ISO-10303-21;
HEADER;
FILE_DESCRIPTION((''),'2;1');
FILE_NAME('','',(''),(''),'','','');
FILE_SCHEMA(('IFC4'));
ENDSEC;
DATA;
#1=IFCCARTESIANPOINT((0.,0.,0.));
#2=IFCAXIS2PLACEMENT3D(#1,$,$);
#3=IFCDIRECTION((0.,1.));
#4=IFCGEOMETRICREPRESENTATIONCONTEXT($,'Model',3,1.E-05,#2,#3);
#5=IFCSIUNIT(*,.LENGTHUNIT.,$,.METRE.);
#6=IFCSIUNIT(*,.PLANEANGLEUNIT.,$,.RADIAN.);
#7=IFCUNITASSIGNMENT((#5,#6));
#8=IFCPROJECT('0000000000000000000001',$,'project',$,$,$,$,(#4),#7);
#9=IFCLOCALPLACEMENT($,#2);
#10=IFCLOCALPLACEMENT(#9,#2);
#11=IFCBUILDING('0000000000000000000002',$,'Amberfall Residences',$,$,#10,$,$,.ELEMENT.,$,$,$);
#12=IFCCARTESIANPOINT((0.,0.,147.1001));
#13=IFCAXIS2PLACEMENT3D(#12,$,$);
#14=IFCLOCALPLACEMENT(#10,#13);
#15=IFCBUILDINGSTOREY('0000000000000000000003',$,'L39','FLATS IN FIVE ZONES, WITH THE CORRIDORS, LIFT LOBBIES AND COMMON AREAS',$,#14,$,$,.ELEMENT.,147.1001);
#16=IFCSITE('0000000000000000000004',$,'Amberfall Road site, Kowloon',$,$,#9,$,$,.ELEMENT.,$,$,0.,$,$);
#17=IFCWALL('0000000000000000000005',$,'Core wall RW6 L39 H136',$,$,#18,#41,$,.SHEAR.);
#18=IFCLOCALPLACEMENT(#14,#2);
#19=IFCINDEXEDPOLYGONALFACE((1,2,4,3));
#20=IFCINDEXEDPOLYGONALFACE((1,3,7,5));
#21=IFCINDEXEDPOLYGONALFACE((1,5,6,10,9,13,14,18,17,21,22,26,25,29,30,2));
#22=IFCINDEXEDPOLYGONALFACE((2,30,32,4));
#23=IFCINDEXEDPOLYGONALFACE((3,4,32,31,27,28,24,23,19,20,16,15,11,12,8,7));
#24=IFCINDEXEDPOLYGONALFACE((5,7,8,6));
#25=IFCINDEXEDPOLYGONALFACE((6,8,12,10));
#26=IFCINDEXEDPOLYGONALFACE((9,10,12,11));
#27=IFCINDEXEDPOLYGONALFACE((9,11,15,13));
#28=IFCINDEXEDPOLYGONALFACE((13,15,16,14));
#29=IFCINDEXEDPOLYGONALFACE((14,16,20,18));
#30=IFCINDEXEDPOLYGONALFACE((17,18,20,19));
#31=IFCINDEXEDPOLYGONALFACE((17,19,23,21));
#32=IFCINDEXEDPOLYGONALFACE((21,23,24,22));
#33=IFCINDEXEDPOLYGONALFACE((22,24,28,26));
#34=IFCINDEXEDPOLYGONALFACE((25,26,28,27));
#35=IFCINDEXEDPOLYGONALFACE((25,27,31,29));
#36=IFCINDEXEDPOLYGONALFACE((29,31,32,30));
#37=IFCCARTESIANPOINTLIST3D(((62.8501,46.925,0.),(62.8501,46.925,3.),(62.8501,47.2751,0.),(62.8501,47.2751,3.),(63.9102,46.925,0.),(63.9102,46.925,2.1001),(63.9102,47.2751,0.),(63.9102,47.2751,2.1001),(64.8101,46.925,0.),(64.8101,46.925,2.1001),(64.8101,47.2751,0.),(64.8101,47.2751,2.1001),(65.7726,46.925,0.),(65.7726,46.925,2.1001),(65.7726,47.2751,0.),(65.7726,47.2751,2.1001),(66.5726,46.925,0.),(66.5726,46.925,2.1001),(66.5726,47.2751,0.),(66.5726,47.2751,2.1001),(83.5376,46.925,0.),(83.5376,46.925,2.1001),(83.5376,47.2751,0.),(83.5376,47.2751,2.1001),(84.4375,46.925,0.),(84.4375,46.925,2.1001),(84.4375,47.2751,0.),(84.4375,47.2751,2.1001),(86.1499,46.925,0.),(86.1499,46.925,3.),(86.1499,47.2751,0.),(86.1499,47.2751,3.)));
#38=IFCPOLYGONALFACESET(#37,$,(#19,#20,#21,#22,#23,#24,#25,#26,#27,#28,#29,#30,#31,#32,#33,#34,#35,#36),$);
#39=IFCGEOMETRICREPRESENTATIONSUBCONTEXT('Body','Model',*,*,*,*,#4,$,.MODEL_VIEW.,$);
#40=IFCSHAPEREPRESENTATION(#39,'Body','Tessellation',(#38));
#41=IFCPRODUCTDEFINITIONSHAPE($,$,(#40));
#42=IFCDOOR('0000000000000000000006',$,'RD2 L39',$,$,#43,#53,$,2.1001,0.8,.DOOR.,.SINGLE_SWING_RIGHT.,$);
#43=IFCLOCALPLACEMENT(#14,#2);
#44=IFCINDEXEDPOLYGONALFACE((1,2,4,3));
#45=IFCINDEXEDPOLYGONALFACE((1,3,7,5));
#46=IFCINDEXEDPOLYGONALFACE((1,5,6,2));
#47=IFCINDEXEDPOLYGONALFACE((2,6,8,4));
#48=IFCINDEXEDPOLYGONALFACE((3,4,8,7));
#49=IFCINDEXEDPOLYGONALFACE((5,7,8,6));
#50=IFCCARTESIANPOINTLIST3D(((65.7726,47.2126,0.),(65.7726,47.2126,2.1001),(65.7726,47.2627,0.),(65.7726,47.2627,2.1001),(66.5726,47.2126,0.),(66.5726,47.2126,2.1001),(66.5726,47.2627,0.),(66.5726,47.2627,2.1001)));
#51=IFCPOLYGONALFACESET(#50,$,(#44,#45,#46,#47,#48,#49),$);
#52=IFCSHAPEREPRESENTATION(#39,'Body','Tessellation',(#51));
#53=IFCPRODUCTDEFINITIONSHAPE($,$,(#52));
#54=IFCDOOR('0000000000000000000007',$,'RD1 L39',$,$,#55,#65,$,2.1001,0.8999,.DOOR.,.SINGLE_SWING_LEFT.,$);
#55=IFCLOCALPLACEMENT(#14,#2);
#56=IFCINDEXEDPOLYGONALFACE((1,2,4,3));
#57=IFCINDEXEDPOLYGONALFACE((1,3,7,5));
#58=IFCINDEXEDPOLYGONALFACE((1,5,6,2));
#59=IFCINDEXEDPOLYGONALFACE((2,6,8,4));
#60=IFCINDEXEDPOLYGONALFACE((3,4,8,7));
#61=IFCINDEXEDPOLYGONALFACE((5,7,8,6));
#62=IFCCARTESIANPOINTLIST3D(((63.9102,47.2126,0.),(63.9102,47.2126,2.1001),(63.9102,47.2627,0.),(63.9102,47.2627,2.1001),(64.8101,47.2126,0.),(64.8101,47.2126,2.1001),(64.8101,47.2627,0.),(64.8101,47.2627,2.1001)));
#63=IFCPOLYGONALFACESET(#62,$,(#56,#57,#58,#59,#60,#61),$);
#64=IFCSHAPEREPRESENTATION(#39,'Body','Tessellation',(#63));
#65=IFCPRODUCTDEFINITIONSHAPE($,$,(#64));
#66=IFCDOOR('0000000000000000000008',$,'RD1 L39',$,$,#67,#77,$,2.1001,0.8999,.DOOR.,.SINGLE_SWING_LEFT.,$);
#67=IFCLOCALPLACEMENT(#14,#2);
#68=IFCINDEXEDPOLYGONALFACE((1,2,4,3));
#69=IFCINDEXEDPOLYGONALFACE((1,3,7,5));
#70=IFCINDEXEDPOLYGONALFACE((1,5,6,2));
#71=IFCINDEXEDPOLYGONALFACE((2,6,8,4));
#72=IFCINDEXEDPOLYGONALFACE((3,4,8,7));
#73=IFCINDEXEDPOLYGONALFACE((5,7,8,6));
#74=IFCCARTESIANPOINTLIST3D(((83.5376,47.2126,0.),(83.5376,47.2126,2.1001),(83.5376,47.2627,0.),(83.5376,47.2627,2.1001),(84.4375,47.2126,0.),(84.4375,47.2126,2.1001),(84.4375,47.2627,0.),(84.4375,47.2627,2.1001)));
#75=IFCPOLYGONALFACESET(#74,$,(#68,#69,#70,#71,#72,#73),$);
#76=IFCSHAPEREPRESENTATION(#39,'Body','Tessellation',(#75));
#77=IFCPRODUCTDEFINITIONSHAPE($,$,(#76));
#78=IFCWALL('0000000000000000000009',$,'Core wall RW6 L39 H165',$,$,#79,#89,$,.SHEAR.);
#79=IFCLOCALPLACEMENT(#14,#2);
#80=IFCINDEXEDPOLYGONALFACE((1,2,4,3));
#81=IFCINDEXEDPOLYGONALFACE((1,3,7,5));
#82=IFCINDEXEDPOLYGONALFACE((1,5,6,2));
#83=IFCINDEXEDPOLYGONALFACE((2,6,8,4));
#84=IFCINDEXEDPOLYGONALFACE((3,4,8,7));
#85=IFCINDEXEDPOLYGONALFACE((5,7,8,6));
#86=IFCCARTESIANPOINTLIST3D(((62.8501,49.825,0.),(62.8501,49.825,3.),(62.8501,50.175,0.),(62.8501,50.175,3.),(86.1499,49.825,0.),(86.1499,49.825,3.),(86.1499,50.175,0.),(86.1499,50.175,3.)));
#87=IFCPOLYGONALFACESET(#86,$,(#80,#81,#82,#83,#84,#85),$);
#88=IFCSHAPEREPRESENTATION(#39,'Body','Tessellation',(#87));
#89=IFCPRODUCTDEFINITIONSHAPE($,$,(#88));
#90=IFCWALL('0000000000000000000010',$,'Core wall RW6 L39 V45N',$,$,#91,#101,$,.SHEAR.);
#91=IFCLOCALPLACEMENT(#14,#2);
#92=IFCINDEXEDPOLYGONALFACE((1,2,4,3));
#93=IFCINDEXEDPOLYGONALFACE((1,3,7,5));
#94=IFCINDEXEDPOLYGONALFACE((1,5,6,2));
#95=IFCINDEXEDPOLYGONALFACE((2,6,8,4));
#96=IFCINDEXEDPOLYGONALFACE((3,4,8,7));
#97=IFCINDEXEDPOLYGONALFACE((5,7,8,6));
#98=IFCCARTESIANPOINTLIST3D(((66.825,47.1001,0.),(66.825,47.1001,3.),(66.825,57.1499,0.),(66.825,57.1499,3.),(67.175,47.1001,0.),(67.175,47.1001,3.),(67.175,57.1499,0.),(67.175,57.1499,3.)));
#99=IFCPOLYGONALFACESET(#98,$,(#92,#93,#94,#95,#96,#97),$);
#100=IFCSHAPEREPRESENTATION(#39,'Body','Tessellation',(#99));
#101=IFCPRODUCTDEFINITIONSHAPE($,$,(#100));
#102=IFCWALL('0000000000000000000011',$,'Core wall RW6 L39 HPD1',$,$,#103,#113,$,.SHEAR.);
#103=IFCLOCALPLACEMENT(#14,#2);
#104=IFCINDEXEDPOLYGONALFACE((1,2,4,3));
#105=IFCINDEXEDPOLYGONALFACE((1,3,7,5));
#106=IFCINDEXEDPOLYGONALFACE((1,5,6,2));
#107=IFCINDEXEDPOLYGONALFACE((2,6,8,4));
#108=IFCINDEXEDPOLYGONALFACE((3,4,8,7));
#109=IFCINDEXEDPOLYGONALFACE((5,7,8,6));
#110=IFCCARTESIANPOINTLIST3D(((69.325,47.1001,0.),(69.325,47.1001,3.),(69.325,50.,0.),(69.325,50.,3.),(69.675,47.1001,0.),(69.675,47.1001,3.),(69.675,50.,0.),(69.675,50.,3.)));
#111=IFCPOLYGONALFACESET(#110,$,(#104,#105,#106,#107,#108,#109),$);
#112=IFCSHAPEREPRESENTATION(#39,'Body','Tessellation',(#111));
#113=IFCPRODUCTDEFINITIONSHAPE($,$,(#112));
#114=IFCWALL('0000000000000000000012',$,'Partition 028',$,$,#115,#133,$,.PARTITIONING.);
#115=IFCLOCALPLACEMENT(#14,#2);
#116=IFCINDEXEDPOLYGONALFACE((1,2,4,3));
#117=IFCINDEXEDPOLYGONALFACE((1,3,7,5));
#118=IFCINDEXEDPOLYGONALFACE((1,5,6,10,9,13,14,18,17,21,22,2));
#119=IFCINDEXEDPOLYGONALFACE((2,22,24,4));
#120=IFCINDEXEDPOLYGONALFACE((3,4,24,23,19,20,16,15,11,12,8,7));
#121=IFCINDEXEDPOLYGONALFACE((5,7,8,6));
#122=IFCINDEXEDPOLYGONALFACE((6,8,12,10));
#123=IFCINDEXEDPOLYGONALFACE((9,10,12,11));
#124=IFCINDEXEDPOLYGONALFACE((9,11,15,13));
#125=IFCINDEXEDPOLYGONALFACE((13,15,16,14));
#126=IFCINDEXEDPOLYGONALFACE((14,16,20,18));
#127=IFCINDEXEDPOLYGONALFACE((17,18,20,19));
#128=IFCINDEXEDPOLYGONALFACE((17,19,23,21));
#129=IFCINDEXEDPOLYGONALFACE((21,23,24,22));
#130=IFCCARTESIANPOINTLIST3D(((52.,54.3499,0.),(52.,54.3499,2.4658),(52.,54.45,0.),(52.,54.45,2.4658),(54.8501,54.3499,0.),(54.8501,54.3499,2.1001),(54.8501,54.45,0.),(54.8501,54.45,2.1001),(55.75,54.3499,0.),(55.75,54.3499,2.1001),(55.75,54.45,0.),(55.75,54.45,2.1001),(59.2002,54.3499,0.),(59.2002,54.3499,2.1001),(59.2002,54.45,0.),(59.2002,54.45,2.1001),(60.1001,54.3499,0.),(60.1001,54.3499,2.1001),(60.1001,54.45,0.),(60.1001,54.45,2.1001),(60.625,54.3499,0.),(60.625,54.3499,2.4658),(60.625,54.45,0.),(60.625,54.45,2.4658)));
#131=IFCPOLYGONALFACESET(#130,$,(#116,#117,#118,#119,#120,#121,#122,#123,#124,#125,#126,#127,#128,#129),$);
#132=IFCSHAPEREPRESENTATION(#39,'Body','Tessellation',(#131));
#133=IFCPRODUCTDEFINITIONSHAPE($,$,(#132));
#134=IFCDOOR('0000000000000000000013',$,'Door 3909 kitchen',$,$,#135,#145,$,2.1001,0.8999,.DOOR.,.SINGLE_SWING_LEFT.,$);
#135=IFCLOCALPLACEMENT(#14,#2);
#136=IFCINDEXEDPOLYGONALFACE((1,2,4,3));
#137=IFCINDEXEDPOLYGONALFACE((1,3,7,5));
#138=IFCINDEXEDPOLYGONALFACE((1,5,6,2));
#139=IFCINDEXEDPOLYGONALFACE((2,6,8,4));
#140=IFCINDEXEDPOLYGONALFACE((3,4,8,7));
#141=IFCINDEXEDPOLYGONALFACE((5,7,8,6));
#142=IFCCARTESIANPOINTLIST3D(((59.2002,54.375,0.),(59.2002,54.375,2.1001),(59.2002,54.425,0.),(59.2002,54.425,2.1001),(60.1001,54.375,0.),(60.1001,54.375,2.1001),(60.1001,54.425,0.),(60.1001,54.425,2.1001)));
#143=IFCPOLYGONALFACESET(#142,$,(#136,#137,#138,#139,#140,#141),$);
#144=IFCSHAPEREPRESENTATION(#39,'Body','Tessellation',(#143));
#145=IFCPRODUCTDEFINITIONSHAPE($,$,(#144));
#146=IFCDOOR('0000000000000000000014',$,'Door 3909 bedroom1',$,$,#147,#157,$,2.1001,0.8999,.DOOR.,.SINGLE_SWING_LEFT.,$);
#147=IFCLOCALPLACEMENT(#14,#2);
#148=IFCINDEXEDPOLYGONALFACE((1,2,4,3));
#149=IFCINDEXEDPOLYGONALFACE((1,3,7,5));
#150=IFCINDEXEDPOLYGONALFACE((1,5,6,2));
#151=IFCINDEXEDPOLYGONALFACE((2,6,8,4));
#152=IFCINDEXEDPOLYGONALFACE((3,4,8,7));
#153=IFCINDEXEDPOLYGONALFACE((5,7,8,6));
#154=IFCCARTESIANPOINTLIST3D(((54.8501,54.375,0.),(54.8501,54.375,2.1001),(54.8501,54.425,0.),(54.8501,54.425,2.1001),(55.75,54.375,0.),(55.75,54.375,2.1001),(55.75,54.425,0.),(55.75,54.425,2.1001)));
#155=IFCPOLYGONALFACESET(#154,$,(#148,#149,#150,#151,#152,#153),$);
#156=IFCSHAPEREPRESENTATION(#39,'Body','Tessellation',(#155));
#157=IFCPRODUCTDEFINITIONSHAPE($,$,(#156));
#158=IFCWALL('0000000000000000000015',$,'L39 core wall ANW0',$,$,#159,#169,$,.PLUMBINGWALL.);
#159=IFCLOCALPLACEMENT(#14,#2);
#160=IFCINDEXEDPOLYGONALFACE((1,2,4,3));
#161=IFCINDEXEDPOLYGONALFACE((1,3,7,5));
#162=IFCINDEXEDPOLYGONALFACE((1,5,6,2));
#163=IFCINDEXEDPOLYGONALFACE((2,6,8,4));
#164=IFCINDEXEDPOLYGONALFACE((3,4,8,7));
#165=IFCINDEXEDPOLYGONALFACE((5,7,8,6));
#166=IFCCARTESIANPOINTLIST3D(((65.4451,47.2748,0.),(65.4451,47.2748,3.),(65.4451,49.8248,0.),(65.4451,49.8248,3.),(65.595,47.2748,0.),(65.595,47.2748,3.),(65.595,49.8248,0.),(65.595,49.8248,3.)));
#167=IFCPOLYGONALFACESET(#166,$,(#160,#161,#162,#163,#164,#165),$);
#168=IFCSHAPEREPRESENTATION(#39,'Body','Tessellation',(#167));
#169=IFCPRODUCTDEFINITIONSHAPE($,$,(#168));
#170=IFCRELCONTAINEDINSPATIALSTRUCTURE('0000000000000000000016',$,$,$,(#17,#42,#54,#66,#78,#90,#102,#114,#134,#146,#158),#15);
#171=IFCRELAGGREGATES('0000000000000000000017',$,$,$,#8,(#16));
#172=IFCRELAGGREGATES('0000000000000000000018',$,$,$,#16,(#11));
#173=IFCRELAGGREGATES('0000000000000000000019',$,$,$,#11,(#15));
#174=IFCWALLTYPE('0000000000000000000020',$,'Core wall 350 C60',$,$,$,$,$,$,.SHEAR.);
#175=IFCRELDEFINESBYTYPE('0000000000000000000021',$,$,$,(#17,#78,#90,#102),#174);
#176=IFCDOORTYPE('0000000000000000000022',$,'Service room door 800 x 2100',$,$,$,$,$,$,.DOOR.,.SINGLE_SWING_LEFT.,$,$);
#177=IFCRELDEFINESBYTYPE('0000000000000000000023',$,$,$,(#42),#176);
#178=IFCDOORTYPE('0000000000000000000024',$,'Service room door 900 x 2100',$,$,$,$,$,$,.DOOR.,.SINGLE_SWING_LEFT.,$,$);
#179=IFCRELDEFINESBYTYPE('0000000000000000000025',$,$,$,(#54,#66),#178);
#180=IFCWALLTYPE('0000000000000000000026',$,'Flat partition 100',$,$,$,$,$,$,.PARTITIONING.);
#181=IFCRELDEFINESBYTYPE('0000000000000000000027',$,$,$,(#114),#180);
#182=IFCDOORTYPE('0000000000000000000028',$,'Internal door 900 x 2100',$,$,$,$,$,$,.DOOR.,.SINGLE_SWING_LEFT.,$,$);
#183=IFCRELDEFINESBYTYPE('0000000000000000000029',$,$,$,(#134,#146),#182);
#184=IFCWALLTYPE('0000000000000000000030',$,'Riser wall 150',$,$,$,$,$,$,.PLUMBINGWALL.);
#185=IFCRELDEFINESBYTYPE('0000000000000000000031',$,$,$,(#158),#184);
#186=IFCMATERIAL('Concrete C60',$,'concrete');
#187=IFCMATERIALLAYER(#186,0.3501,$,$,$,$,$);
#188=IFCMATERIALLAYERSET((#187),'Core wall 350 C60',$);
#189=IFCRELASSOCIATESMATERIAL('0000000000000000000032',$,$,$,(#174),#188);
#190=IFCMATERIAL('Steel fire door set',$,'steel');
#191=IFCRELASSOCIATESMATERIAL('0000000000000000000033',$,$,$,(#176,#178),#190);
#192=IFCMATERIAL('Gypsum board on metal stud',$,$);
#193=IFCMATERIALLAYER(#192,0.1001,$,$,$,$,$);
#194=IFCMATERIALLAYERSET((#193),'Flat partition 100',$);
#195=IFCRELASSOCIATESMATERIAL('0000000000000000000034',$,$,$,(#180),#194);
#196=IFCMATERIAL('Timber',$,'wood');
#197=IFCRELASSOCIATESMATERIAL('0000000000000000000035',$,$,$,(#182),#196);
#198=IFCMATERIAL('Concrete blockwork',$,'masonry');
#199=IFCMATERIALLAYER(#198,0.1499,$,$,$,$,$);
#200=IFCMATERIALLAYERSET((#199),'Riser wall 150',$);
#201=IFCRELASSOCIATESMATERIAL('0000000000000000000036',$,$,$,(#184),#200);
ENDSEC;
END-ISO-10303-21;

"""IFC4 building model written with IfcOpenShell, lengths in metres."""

from ifc_helpers import new_model, si_unit, direction, frame, frame_2d, origin, place, context, subcontext, project, spatial, rectangle, extrude, material, layer, layer_set, type_object, element, fill, save


model = new_model("IFC4")

# Units and contexts
model_context = context("Model", 3, precision=1e-05, world=origin(), true_north=direction((0.0, 1.0)))
body_context = subcontext(model_context, "Body", "Model", "MODEL_VIEW")
ifc_project = project(units=[si_unit("LENGTHUNIT", "METRE"), si_unit("PLANEANGLEUNIT", "RADIAN")], contexts=[model_context])

# Site, building, storey
site_placement = place(None, origin())
site = spatial("IfcSite", under=ifc_project, at=site_placement, Name="Amberfall Road site, Kowloon", CompositionType="ELEMENT", RefElevation=0.0)
building_placement = place(site_placement, origin())
building = spatial("IfcBuilding", under=site, at=building_placement, Name="Amberfall Residences", CompositionType="ELEMENT")
storey_placement = place(building_placement, frame((0.0, 0.0, 147.1001)))
storey = spatial("IfcBuildingStorey", under=building, at=storey_placement, Name="L39", Description="FLATS IN FIVE ZONES, WITH THE CORRIDORS, LIFT LOBBIES AND COMMON AREAS", CompositionType="ELEMENT", Elevation=147.1001)

# Wall, openings, doors
ifc_material_1 = material(Name="Concrete C60", Category="concrete")
ifc_layer_1 = layer(ifc_material_1, 0.3501)
ifc_layer_set_1 = layer_set([ifc_layer_1], Name="Core wall 350 C60")
wall_type_1 = type_object("IfcWallType", Name="Core wall 350 C60", PredefinedType="SHEAR", material=ifc_layer_set_1)
wall_1_placement = place(storey_placement, frame((62.8501, 47.1001, 0.0), z_axis=(0.0, 0.0, 1.0), x_axis=(1.0, 0.0, 0.0)))
wall_1 = element("IfcWall", 1, at=wall_1_placement, inside=storey, type_object=wall_type_1, Name="Core wall RW6 L39 H136", PredefinedType="SHEAR", context=body_context, shape_type="SweptSolid", body=[
    extrude(rectangle(XDim=23.2998, YDim=0.3501, at=frame_2d((11.6499, 0.0))), origin(), (0.0, 0.0, 1.0), 3.0),
])
opening_1_placement = place(wall_1_placement, frame((1.0601, 0.0, 0.0)))
opening_1 = element("IfcOpeningElement", 2, at=opening_1_placement, cuts=wall_1, PredefinedType="OPENING", context=body_context, shape_type="SweptSolid", body=[
    extrude(rectangle(XDim=0.8999, YDim=2.1001, at=frame_2d((0.45, 1.05))), frame((0.0, 0.1851, 0.0), z_axis=(0.0, -1.0, 0.0), x_axis=(1.0, 0.0, 0.0)), (0.0, 0.0, 1.0), 0.3701),
])
opening_2_placement = place(wall_1_placement, frame((2.9226, 0.0, 0.0)))
opening_2 = element("IfcOpeningElement", 3, at=opening_2_placement, cuts=wall_1, PredefinedType="OPENING", context=body_context, shape_type="SweptSolid", body=[
    extrude(rectangle(XDim=0.8, YDim=2.1001, at=frame_2d((0.3999, 1.05))), frame((0.0, 0.1851, 0.0), z_axis=(0.0, -1.0, 0.0), x_axis=(1.0, 0.0, 0.0)), (0.0, 0.0, 1.0), 0.3701),
])
opening_3_placement = place(wall_1_placement, frame((20.6875, 0.0, 0.0)))
opening_3 = element("IfcOpeningElement", 4, at=opening_3_placement, cuts=wall_1, PredefinedType="OPENING", context=body_context, shape_type="SweptSolid", body=[
    extrude(rectangle(XDim=0.8999, YDim=2.1001, at=frame_2d((0.45, 1.05))), frame((0.0, 0.1851, 0.0), z_axis=(0.0, -1.0, 0.0), x_axis=(1.0, 0.0, 0.0)), (0.0, 0.0, 1.0), 0.3701),
])
ifc_material_2 = material(Name="Steel fire door set", Category="steel")
door_type_1 = type_object("IfcDoorType", Name="Service room door 800 x 2100", OperationType="SINGLE_SWING_LEFT", PredefinedType="DOOR", material=ifc_material_2)
door_1_placement = place(opening_2_placement, origin())
door_1 = element("IfcDoor", 5, at=door_1_placement, inside=storey, type_object=door_type_1, Name="RD2 L39", OperationType="SINGLE_SWING_RIGHT", OverallHeight=2.1001, OverallWidth=0.8, PredefinedType="DOOR", context=body_context, shape_type="SweptSolid", body=[
    extrude(rectangle(XDim=0.8, YDim=2.1001, at=frame_2d((0.3999, 1.05))), frame((0.0, 0.1626, 0.0), z_axis=(0.0, -1.0, 0.0), x_axis=(1.0, 0.0, 0.0)), (0.0, 0.0, 1.0), 0.05),
])
fill(opening_2, door_1)
door_type_2 = type_object("IfcDoorType", Name="Service room door 900 x 2100", OperationType="SINGLE_SWING_LEFT", PredefinedType="DOOR", material=ifc_material_2)
door_2_placement = place(opening_1_placement, origin())
door_2 = element("IfcDoor", 6, at=door_2_placement, inside=storey, type_object=door_type_2, Name="RD1 L39", OperationType="SINGLE_SWING_LEFT", OverallHeight=2.1001, OverallWidth=0.8999, PredefinedType="DOOR", context=body_context, shape_type="SweptSolid", body=[
    extrude(rectangle(XDim=0.8999, YDim=2.1001, at=frame_2d((0.45, 1.05))), frame((0.0, 0.1626, 0.0), z_axis=(0.0, -1.0, 0.0), x_axis=(1.0, 0.0, 0.0)), (0.0, 0.0, 1.0), 0.05),
])
fill(opening_1, door_2)
door_3_placement = place(opening_3_placement, origin())
door_3 = element("IfcDoor", 7, at=door_3_placement, inside=storey, type_object=door_type_2, Name="RD1 L39", OperationType="SINGLE_SWING_LEFT", OverallHeight=2.1001, OverallWidth=0.8999, PredefinedType="DOOR", context=body_context, shape_type="SweptSolid", body=[
    extrude(rectangle(XDim=0.8999, YDim=2.1001, at=frame_2d((0.45, 1.05))), frame((0.0, 0.1626, 0.0), z_axis=(0.0, -1.0, 0.0), x_axis=(1.0, 0.0, 0.0)), (0.0, 0.0, 1.0), 0.05),
])
fill(opening_3, door_3)

# Walls
wall_2_placement = place(storey_placement, frame((62.8501, 50.0, 0.0), z_axis=(0.0, 0.0, 1.0), x_axis=(1.0, 0.0, 0.0)))
element("IfcWall", 8, at=wall_2_placement, inside=storey, type_object=wall_type_1, Name="Core wall RW6 L39 H165", PredefinedType="SHEAR", context=body_context, shape_type="SweptSolid", body=[
    extrude(rectangle(XDim=23.2998, YDim=0.3501, at=frame_2d((11.6499, 0.0))), origin(), (0.0, 0.0, 1.0), 3.0),
])
wall_3_placement = place(storey_placement, frame((67.0, 47.1001, 0.0), z_axis=(0.0, 0.0, 1.0), x_axis=(0.0, 1.0, 0.0)))
element("IfcWall", 9, at=wall_3_placement, inside=storey, type_object=wall_type_1, Name="Core wall RW6 L39 V45N", PredefinedType="SHEAR", context=body_context, shape_type="SweptSolid", body=[
    extrude(rectangle(XDim=10.0498, YDim=0.3501, at=frame_2d((5.0249, 0.0))), origin(), (0.0, 0.0, 1.0), 3.0),
])
wall_4_placement = place(storey_placement, frame((69.5, 47.1001, 0.0), z_axis=(0.0, 0.0, 1.0), x_axis=(0.0, 1.0, 0.0)))
element("IfcWall", 10, at=wall_4_placement, inside=storey, type_object=wall_type_1, Name="Core wall RW6 L39 HPD1", PredefinedType="SHEAR", context=body_context, shape_type="SweptSolid", body=[
    extrude(rectangle(XDim=2.8999, YDim=0.3501, at=frame_2d((1.45, 0.0))), origin(), (0.0, 0.0, 1.0), 3.0),
])

# Wall, openings, doors
ifc_material_3 = material(Name="Gypsum board on metal stud")
ifc_layer_2 = layer(ifc_material_3, 0.1001)
ifc_layer_set_2 = layer_set([ifc_layer_2], Name="Flat partition 100")
wall_type_2 = type_object("IfcWallType", Name="Flat partition 100", PredefinedType="PARTITIONING", material=ifc_layer_set_2)
wall_5_placement = place(storey_placement, frame((60.625, 54.3999, 0.0), z_axis=(0.0, 0.0, 1.0), x_axis=(-1.0, 0.0, 0.0)))
wall_5 = element("IfcWall", 11, at=wall_5_placement, inside=storey, type_object=wall_type_2, Name="Partition 028", PredefinedType="PARTITIONING", context=body_context, shape_type="SweptSolid", body=[
    extrude(rectangle(XDim=8.625, YDim=0.1001, at=frame_2d((4.3125, 0.0))), origin(), (0.0, 0.0, 1.0), 2.4658),
])
opening_4_placement = place(wall_5_placement, frame((0.5249, 0.0, 0.0)))
opening_4 = element("IfcOpeningElement", 12, at=opening_4_placement, cuts=wall_5, PredefinedType="OPENING", context=body_context, shape_type="SweptSolid", body=[
    extrude(rectangle(XDim=0.8999, YDim=2.1001, at=frame_2d((0.45, 1.05))), frame((0.0, 0.0601, 0.0), z_axis=(0.0, -1.0, 0.0), x_axis=(1.0, 0.0, 0.0)), (0.0, 0.0, 1.0), 0.1201),
])
opening_5_placement = place(wall_5_placement, frame((4.875, 0.0, 0.0)))
opening_5 = element("IfcOpeningElement", 13, at=opening_5_placement, cuts=wall_5, PredefinedType="OPENING", context=body_context, shape_type="SweptSolid", body=[
    extrude(rectangle(XDim=0.8999, YDim=2.1001, at=frame_2d((0.45, 1.05))), frame((0.0, 0.0601, 0.0), z_axis=(0.0, -1.0, 0.0), x_axis=(1.0, 0.0, 0.0)), (0.0, 0.0, 1.0), 0.1201),
])
ifc_material_4 = material(Name="Timber", Category="wood")
door_type_3 = type_object("IfcDoorType", Name="Internal door 900 x 2100", OperationType="SINGLE_SWING_LEFT", PredefinedType="DOOR", material=ifc_material_4)
door_4_placement = place(opening_4_placement, origin())
door_4 = element("IfcDoor", 14, at=door_4_placement, inside=storey, type_object=door_type_3, Name="Door 3909 kitchen", OperationType="SINGLE_SWING_LEFT", OverallHeight=2.1001, OverallWidth=0.8999, PredefinedType="DOOR", context=body_context, shape_type="SweptSolid", body=[
    extrude(rectangle(XDim=0.8999, YDim=2.1001, at=frame_2d((0.45, 1.05))), frame((0.0, 0.0249, 0.0), z_axis=(0.0, -1.0, 0.0), x_axis=(1.0, 0.0, 0.0)), (0.0, 0.0, 1.0), 0.05),
])
fill(opening_4, door_4)
door_5_placement = place(opening_5_placement, origin())
door_5 = element("IfcDoor", 15, at=door_5_placement, inside=storey, type_object=door_type_3, Name="Door 3909 bedroom1", OperationType="SINGLE_SWING_LEFT", OverallHeight=2.1001, OverallWidth=0.8999, PredefinedType="DOOR", context=body_context, shape_type="SweptSolid", body=[
    extrude(rectangle(XDim=0.8999, YDim=2.1001, at=frame_2d((0.45, 1.05))), frame((0.0, 0.0249, 0.0), z_axis=(0.0, -1.0, 0.0), x_axis=(1.0, 0.0, 0.0)), (0.0, 0.0, 1.0), 0.05),
])
fill(opening_5, door_5)

# Wall
ifc_material_5 = material(Name="Concrete blockwork", Category="masonry")
ifc_layer_3 = layer(ifc_material_5, 0.1499)
ifc_layer_set_3 = layer_set([ifc_layer_3], Name="Riser wall 150")
wall_type_3 = type_object("IfcWallType", Name="Riser wall 150", PredefinedType="PLUMBINGWALL", material=ifc_layer_set_3)
wall_6_placement = place(storey_placement, frame((65.52, 47.2749, 0.0), z_axis=(0.0, 0.0, 1.0), x_axis=(0.0, 1.0, 0.0)))
element("IfcWall", 16, at=wall_6_placement, inside=storey, type_object=wall_type_3, Name="L39 core wall ANW0", PredefinedType="PLUMBINGWALL", context=body_context, shape_type="SweptSolid", body=[
    extrude(rectangle(XDim=2.55, YDim=0.1499, at=frame_2d((1.2749, 0.0))), origin(), (0.0, 0.0, 1.0), 3.0),
])

save(model, "model.ifc")
